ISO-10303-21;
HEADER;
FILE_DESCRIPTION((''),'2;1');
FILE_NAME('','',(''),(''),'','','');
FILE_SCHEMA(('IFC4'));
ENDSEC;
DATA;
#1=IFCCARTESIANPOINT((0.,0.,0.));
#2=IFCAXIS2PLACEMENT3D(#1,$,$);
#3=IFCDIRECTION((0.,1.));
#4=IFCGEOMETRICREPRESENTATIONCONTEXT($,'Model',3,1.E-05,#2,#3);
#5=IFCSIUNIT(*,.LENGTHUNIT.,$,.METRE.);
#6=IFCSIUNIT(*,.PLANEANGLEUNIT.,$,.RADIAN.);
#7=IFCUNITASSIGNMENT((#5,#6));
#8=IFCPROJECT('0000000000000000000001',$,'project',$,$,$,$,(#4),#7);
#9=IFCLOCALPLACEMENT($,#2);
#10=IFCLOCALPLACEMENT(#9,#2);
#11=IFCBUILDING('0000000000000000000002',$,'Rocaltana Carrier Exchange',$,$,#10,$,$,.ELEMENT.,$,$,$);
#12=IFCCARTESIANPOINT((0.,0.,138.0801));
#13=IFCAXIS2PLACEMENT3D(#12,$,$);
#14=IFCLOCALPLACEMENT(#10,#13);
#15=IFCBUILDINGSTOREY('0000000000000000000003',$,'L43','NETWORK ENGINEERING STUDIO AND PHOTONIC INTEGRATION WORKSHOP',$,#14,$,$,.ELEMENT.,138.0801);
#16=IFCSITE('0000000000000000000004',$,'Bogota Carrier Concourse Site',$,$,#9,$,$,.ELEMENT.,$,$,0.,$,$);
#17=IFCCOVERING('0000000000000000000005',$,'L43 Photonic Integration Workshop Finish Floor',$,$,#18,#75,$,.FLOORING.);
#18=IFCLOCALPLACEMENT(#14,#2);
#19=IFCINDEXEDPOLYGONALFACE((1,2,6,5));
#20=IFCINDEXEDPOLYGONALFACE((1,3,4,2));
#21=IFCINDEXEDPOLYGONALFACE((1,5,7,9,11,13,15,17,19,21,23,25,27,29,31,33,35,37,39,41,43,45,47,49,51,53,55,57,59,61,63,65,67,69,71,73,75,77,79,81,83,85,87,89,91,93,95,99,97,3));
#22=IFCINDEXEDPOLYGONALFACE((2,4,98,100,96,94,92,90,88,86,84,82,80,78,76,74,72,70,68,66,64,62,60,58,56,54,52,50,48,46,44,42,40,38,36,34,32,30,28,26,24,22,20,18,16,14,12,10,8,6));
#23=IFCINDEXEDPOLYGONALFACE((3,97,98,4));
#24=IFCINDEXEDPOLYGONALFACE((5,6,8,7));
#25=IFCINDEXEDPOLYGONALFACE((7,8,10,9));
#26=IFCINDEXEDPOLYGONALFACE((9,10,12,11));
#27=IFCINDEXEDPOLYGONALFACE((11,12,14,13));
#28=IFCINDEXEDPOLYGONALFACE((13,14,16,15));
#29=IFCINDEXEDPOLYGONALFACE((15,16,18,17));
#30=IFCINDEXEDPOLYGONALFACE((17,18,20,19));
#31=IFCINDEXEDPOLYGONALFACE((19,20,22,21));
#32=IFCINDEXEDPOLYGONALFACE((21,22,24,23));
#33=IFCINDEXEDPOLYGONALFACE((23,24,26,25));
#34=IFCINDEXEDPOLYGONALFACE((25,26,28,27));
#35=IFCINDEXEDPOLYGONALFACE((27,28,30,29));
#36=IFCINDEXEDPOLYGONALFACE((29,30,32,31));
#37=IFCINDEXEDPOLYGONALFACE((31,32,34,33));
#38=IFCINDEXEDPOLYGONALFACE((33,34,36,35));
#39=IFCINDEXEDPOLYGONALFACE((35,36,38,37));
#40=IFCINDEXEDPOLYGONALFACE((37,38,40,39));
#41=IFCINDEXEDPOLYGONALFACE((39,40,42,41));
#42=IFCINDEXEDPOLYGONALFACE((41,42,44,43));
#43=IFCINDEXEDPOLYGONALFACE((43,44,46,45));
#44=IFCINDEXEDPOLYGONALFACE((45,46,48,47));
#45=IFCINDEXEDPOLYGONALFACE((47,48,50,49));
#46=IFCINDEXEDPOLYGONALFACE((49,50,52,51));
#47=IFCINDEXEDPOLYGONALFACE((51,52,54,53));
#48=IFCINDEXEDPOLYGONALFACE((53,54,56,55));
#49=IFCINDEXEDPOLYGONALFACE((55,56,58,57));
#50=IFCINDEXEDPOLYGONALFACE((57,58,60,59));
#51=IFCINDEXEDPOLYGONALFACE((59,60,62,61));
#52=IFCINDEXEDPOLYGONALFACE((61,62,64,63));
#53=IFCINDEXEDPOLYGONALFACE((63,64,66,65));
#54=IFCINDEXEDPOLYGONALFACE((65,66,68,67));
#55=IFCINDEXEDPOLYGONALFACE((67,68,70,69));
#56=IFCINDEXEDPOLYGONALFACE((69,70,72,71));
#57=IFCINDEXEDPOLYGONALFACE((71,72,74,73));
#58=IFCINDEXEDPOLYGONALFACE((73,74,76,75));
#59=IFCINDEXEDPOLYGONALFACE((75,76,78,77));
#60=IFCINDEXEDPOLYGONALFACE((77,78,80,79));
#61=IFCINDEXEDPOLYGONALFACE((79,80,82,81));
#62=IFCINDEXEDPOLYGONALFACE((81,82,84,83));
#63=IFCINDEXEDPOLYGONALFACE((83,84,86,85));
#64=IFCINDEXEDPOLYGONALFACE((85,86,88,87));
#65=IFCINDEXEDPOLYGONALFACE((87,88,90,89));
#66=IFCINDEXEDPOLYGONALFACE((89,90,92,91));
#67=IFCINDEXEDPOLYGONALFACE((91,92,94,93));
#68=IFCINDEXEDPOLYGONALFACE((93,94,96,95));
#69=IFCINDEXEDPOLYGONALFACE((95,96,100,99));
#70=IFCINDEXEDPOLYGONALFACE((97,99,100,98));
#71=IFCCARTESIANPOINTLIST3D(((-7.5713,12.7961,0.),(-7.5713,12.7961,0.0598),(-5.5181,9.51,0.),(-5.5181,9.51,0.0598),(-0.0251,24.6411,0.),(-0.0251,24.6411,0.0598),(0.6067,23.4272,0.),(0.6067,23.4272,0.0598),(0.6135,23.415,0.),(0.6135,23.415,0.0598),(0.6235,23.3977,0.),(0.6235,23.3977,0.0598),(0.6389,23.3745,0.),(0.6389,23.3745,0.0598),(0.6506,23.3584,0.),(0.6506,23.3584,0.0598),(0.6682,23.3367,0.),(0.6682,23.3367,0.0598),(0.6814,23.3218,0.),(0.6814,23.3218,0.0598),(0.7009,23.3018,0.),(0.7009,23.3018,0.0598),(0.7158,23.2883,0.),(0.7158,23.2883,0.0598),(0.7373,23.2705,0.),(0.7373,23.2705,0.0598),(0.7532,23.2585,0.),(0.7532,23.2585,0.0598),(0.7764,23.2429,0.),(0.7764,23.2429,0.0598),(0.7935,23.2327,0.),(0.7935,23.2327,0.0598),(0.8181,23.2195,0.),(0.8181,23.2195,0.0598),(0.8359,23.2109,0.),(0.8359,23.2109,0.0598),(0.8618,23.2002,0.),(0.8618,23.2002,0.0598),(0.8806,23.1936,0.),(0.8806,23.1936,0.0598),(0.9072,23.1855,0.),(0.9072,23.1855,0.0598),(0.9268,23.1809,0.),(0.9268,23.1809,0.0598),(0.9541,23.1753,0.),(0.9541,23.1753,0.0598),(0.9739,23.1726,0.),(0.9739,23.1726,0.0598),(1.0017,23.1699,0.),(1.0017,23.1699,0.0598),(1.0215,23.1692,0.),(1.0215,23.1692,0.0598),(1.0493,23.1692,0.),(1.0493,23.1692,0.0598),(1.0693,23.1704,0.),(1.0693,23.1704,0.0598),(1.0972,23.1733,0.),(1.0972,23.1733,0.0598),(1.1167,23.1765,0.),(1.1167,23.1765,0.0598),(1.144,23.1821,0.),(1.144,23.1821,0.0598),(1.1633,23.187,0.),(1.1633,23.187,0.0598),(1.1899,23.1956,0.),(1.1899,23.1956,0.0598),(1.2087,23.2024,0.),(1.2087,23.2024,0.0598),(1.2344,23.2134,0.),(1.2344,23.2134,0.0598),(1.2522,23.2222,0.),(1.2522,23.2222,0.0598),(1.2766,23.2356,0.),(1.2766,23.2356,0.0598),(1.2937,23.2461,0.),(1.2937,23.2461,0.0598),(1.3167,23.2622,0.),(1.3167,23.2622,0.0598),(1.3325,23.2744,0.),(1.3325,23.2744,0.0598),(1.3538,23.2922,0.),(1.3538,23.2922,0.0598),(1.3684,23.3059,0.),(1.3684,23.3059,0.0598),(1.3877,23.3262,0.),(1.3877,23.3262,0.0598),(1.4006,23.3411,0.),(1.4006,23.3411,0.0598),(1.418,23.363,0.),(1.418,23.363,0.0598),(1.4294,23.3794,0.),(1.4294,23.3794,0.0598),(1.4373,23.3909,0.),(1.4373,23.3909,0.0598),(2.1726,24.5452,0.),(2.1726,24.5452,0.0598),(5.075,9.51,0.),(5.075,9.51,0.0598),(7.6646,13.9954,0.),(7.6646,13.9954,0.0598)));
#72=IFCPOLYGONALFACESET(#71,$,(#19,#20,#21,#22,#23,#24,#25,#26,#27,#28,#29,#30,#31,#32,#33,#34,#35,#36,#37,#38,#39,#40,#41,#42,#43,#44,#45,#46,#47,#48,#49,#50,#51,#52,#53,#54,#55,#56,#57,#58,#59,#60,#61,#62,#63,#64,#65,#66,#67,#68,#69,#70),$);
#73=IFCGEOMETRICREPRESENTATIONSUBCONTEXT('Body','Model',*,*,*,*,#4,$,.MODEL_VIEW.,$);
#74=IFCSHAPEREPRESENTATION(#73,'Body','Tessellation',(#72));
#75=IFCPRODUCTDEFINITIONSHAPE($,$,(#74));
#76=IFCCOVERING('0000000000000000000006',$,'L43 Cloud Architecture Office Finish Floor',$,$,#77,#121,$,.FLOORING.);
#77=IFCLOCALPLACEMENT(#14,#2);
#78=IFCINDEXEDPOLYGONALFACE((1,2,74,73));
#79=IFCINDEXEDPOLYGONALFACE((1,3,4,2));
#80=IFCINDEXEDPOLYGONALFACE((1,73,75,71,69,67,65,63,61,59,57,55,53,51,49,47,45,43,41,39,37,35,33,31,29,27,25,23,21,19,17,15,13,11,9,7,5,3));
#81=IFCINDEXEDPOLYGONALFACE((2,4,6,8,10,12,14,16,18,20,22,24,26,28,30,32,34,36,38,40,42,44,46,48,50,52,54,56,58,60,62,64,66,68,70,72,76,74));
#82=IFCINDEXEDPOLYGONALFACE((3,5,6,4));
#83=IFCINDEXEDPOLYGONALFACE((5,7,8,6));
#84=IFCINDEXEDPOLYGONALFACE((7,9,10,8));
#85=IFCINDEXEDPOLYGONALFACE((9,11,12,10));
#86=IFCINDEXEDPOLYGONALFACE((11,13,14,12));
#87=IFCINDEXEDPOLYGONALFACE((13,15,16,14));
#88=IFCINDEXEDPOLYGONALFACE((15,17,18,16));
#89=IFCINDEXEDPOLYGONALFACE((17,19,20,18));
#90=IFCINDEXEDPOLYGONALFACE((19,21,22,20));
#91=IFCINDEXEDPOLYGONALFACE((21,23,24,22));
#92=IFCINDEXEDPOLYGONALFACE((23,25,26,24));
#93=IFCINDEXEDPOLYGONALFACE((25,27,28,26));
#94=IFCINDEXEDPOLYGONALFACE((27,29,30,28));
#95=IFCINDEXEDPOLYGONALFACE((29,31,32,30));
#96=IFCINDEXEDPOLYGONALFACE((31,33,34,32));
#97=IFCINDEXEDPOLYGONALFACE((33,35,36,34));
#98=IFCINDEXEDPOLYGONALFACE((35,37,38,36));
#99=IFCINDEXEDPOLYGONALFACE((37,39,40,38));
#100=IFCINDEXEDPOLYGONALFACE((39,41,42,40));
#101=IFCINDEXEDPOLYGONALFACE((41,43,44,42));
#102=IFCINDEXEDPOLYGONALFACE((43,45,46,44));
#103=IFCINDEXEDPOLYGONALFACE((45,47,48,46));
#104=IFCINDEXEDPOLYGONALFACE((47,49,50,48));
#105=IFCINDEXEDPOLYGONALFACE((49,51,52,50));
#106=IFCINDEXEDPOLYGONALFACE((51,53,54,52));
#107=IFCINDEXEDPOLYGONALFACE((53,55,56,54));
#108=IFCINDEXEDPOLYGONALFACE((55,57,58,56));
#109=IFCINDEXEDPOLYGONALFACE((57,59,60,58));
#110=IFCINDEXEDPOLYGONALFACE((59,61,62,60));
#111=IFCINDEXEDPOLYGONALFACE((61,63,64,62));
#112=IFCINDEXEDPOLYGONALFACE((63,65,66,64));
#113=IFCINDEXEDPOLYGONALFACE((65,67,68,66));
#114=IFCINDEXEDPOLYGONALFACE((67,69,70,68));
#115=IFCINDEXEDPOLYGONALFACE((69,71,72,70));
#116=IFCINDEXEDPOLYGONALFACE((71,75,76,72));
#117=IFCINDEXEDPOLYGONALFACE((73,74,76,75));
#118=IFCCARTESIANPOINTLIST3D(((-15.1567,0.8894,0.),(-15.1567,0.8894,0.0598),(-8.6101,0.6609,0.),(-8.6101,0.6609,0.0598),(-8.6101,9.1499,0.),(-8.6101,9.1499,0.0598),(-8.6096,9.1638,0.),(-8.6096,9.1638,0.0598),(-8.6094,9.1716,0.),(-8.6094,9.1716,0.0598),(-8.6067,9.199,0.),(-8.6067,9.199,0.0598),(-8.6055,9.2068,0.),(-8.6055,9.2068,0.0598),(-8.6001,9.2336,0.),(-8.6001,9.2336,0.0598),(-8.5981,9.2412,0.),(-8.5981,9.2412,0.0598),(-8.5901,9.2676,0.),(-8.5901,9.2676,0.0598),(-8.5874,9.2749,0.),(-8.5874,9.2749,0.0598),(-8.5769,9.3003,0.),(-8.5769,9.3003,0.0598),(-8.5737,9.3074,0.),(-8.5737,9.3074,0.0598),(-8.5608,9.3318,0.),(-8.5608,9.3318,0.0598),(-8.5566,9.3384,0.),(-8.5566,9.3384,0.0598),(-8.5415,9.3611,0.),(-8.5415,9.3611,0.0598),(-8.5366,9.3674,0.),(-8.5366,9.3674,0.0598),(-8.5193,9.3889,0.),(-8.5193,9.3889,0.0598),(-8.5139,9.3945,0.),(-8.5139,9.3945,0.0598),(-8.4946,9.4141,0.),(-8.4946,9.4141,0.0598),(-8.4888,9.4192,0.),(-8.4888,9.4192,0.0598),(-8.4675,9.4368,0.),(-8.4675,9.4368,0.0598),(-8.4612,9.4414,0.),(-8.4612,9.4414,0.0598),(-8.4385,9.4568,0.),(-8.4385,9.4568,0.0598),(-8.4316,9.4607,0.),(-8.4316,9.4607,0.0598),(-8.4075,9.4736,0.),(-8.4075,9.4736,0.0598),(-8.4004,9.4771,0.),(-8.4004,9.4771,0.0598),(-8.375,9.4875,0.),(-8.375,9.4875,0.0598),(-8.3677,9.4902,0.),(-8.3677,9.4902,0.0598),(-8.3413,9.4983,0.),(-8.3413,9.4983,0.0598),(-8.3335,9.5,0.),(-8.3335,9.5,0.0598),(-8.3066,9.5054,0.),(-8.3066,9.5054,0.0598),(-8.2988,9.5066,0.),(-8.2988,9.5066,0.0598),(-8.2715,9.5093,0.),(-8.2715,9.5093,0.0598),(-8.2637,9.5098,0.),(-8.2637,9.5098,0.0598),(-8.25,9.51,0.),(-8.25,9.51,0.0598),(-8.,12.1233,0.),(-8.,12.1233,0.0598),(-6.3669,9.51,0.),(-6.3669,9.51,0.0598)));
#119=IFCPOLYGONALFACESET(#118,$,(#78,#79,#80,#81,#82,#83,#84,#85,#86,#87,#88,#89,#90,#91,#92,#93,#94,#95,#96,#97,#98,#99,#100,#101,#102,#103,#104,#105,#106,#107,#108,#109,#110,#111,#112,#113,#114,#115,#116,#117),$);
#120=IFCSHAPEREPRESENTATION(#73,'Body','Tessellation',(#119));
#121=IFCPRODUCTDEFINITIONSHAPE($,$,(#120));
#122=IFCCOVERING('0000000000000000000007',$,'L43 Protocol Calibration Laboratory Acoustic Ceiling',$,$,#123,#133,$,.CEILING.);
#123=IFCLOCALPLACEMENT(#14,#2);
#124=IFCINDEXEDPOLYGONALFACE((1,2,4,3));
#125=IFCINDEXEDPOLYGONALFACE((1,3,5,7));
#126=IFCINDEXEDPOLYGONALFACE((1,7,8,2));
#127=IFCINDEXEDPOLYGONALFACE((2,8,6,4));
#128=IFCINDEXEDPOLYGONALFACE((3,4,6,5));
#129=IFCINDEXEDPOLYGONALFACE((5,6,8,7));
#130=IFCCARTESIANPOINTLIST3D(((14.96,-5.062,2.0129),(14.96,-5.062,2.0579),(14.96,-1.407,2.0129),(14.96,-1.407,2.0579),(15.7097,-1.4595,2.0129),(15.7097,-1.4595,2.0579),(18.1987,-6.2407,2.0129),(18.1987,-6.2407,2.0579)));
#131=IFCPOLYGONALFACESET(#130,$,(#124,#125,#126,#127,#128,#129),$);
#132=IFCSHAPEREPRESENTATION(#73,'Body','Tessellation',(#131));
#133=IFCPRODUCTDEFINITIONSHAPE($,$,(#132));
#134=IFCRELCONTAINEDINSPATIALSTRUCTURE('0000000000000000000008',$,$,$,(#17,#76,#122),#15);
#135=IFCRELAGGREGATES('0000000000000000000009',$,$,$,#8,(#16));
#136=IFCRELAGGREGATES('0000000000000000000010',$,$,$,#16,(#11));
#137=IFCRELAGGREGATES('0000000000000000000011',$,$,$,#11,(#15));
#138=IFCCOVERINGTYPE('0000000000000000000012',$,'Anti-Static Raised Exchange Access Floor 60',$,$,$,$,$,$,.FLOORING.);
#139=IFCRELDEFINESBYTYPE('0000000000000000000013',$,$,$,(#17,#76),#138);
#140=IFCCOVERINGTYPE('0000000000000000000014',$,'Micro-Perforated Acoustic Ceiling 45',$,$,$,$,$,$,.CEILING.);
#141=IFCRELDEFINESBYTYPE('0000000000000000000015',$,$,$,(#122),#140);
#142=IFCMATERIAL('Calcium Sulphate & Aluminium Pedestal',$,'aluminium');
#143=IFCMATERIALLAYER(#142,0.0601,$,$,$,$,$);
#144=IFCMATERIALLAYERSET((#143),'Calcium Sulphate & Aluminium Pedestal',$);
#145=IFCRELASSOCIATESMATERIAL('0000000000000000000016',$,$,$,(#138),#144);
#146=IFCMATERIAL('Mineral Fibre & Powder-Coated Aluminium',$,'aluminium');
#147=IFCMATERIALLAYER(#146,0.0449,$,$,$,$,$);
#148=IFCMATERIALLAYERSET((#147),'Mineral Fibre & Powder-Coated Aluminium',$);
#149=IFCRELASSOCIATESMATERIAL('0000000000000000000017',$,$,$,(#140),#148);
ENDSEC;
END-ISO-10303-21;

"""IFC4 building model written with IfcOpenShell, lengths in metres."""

from ifc_helpers import new_model, si_unit, direction, frame, origin, place, context, subcontext, project, spatial, polyline, outline, extrude, material, layer, layer_set, type_object, element, save


model = new_model("IFC4")

# Units and contexts
model_context = context("Model", 3, precision=1e-05, world=origin(), true_north=direction((0.0, 1.0)))
body_context = subcontext(model_context, "Body", "Model", "MODEL_VIEW")
ifc_project = project(units=[si_unit("LENGTHUNIT", "METRE"), si_unit("PLANEANGLEUNIT", "RADIAN")], contexts=[model_context])

# Site, building, storey
site_placement = place(None, origin())
site = spatial("IfcSite", under=ifc_project, at=site_placement, Name="Bogota Carrier Concourse Site", CompositionType="ELEMENT", RefElevation=0.0)
building_placement = place(site_placement, origin())
building = spatial("IfcBuilding", under=site, at=building_placement, Name="Rocaltana Carrier Exchange", CompositionType="ELEMENT")
storey_placement = place(building_placement, frame((0.0, 0.0, 138.0801)))
storey = spatial("IfcBuildingStorey", under=building, at=storey_placement, Name="L43", Description="NETWORK ENGINEERING STUDIO AND PHOTONIC INTEGRATION WORKSHOP", CompositionType="ELEMENT", Elevation=138.0801)

# Coverings
ifc_material_1 = material(Name="Calcium Sulphate & Aluminium Pedestal", Category="aluminium")
ifc_layer_1 = layer(ifc_material_1, 0.0601)
ifc_layer_set_1 = layer_set([ifc_layer_1], Name="Calcium Sulphate & Aluminium Pedestal")
covering_type_1 = type_object("IfcCoveringType", Name="Anti-Static Raised Exchange Access Floor 60", PredefinedType="FLOORING", material=ifc_layer_set_1)
covering_1_placement = place(storey_placement, origin())
element("IfcCovering", 1, at=covering_1_placement, inside=storey, type_object=covering_type_1, Name="L43 Photonic Integration Workshop Finish Floor", PredefinedType="FLOORING", context=body_context, shape_type="SweptSolid", body=[
    extrude(outline(polyline([(-0.0251, 24.6411), (0.6067, 23.4272), (0.6135, 23.415), (0.6235, 23.3977), (0.6389, 23.3745), (0.6506, 23.3584), (0.6682, 23.3367), (0.6814, 23.3218), (0.7009, 23.3018), (0.7158, 23.2883), (0.7373, 23.2705), (0.7532, 23.2585), (0.7764, 23.2429), (0.7935, 23.2327), (0.8181, 23.2195), (0.8359, 23.2109), (0.8618, 23.2002), (0.8806, 23.1936), (0.9072, 23.1855), (0.9268, 23.1809), (0.9541, 23.1753), (0.9739, 23.1726), (1.0017, 23.1699), (1.0215, 23.1692), (1.0493, 23.1692), (1.0693, 23.1704), (1.0972, 23.1733), (1.1167, 23.1765), (1.144, 23.1821), (1.1633, 23.187), (1.1899, 23.1956), (1.2087, 23.2024), (1.2344, 23.2134), (1.2522, 23.2222), (1.2766, 23.2356), (1.2937, 23.2461), (1.3167, 23.2622), (1.3325, 23.2744), (1.3538, 23.2922), (1.3684, 23.3059), (1.3877, 23.3262), (1.4006, 23.3411), (1.418, 23.363), (1.4294, 23.3794), (1.4373, 23.3909), (2.1726, 24.5452), (7.6646, 13.9954), (5.075, 9.51), (-5.5181, 9.51), (-7.5713, 12.7961), (-0.0251, 24.6411)])), origin(), (0.0, 0.0, 1.0), 0.0598),
])
covering_2_placement = place(storey_placement, origin())
element("IfcCovering", 2, at=covering_2_placement, inside=storey, type_object=covering_type_1, Name="L43 Cloud Architecture Office Finish Floor", PredefinedType="FLOORING", context=body_context, shape_type="SweptSolid", body=[
    extrude(outline(polyline([(-8.0, 12.1233), (-6.3669, 9.51), (-8.25, 9.51), (-8.2637, 9.5098), (-8.2715, 9.5093), (-8.2988, 9.5066), (-8.3066, 9.5054), (-8.3335, 9.5), (-8.3413, 9.4983), (-8.3677, 9.4902), (-8.375, 9.4875), (-8.4004, 9.4771), (-8.4075, 9.4736), (-8.4316, 9.4607), (-8.4385, 9.4568), (-8.4612, 9.4414), (-8.4675, 9.4368), (-8.4888, 9.4192), (-8.4946, 9.4141), (-8.5139, 9.3945), (-8.5193, 9.3889), (-8.5366, 9.3674), (-8.5415, 9.3611), (-8.5566, 9.3384), (-8.5608, 9.3318), (-8.5737, 9.3074), (-8.5769, 9.3003), (-8.5874, 9.2749), (-8.5901, 9.2676), (-8.5981, 9.2412), (-8.6001, 9.2336), (-8.6055, 9.2068), (-8.6067, 9.199), (-8.6094, 9.1716), (-8.6096, 9.1638), (-8.6101, 9.1499), (-8.6101, 0.6609), (-15.1567, 0.8894), (-8.0, 12.1233)])), origin(), (0.0, 0.0, 1.0), 0.0598),
])
ifc_material_2 = material(Name="Mineral Fibre & Powder-Coated Aluminium", Category="aluminium")
ifc_layer_2 = layer(ifc_material_2, 0.0449)
ifc_layer_set_2 = layer_set([ifc_layer_2], Name="Mineral Fibre & Powder-Coated Aluminium")
covering_type_2 = type_object("IfcCoveringType", Name="Micro-Perforated Acoustic Ceiling 45", PredefinedType="CEILING", material=ifc_layer_set_2)
covering_3_placement = place(storey_placement, frame((0.0, 0.0, 2.0129)))
element("IfcCovering", 3, at=covering_3_placement, inside=storey, type_object=covering_type_2, Name="L43 Protocol Calibration Laboratory Acoustic Ceiling", PredefinedType="CEILING", context=body_context, shape_type="SweptSolid", body=[
    extrude(outline(polyline([(18.1987, -6.2407), (14.96, -5.062), (14.96, -1.407), (15.7097, -1.4595), (18.1987, -6.2407)])), origin(), (0.0, 0.0, 1.0), 0.0449),
])

save(model, "model.ifc")
